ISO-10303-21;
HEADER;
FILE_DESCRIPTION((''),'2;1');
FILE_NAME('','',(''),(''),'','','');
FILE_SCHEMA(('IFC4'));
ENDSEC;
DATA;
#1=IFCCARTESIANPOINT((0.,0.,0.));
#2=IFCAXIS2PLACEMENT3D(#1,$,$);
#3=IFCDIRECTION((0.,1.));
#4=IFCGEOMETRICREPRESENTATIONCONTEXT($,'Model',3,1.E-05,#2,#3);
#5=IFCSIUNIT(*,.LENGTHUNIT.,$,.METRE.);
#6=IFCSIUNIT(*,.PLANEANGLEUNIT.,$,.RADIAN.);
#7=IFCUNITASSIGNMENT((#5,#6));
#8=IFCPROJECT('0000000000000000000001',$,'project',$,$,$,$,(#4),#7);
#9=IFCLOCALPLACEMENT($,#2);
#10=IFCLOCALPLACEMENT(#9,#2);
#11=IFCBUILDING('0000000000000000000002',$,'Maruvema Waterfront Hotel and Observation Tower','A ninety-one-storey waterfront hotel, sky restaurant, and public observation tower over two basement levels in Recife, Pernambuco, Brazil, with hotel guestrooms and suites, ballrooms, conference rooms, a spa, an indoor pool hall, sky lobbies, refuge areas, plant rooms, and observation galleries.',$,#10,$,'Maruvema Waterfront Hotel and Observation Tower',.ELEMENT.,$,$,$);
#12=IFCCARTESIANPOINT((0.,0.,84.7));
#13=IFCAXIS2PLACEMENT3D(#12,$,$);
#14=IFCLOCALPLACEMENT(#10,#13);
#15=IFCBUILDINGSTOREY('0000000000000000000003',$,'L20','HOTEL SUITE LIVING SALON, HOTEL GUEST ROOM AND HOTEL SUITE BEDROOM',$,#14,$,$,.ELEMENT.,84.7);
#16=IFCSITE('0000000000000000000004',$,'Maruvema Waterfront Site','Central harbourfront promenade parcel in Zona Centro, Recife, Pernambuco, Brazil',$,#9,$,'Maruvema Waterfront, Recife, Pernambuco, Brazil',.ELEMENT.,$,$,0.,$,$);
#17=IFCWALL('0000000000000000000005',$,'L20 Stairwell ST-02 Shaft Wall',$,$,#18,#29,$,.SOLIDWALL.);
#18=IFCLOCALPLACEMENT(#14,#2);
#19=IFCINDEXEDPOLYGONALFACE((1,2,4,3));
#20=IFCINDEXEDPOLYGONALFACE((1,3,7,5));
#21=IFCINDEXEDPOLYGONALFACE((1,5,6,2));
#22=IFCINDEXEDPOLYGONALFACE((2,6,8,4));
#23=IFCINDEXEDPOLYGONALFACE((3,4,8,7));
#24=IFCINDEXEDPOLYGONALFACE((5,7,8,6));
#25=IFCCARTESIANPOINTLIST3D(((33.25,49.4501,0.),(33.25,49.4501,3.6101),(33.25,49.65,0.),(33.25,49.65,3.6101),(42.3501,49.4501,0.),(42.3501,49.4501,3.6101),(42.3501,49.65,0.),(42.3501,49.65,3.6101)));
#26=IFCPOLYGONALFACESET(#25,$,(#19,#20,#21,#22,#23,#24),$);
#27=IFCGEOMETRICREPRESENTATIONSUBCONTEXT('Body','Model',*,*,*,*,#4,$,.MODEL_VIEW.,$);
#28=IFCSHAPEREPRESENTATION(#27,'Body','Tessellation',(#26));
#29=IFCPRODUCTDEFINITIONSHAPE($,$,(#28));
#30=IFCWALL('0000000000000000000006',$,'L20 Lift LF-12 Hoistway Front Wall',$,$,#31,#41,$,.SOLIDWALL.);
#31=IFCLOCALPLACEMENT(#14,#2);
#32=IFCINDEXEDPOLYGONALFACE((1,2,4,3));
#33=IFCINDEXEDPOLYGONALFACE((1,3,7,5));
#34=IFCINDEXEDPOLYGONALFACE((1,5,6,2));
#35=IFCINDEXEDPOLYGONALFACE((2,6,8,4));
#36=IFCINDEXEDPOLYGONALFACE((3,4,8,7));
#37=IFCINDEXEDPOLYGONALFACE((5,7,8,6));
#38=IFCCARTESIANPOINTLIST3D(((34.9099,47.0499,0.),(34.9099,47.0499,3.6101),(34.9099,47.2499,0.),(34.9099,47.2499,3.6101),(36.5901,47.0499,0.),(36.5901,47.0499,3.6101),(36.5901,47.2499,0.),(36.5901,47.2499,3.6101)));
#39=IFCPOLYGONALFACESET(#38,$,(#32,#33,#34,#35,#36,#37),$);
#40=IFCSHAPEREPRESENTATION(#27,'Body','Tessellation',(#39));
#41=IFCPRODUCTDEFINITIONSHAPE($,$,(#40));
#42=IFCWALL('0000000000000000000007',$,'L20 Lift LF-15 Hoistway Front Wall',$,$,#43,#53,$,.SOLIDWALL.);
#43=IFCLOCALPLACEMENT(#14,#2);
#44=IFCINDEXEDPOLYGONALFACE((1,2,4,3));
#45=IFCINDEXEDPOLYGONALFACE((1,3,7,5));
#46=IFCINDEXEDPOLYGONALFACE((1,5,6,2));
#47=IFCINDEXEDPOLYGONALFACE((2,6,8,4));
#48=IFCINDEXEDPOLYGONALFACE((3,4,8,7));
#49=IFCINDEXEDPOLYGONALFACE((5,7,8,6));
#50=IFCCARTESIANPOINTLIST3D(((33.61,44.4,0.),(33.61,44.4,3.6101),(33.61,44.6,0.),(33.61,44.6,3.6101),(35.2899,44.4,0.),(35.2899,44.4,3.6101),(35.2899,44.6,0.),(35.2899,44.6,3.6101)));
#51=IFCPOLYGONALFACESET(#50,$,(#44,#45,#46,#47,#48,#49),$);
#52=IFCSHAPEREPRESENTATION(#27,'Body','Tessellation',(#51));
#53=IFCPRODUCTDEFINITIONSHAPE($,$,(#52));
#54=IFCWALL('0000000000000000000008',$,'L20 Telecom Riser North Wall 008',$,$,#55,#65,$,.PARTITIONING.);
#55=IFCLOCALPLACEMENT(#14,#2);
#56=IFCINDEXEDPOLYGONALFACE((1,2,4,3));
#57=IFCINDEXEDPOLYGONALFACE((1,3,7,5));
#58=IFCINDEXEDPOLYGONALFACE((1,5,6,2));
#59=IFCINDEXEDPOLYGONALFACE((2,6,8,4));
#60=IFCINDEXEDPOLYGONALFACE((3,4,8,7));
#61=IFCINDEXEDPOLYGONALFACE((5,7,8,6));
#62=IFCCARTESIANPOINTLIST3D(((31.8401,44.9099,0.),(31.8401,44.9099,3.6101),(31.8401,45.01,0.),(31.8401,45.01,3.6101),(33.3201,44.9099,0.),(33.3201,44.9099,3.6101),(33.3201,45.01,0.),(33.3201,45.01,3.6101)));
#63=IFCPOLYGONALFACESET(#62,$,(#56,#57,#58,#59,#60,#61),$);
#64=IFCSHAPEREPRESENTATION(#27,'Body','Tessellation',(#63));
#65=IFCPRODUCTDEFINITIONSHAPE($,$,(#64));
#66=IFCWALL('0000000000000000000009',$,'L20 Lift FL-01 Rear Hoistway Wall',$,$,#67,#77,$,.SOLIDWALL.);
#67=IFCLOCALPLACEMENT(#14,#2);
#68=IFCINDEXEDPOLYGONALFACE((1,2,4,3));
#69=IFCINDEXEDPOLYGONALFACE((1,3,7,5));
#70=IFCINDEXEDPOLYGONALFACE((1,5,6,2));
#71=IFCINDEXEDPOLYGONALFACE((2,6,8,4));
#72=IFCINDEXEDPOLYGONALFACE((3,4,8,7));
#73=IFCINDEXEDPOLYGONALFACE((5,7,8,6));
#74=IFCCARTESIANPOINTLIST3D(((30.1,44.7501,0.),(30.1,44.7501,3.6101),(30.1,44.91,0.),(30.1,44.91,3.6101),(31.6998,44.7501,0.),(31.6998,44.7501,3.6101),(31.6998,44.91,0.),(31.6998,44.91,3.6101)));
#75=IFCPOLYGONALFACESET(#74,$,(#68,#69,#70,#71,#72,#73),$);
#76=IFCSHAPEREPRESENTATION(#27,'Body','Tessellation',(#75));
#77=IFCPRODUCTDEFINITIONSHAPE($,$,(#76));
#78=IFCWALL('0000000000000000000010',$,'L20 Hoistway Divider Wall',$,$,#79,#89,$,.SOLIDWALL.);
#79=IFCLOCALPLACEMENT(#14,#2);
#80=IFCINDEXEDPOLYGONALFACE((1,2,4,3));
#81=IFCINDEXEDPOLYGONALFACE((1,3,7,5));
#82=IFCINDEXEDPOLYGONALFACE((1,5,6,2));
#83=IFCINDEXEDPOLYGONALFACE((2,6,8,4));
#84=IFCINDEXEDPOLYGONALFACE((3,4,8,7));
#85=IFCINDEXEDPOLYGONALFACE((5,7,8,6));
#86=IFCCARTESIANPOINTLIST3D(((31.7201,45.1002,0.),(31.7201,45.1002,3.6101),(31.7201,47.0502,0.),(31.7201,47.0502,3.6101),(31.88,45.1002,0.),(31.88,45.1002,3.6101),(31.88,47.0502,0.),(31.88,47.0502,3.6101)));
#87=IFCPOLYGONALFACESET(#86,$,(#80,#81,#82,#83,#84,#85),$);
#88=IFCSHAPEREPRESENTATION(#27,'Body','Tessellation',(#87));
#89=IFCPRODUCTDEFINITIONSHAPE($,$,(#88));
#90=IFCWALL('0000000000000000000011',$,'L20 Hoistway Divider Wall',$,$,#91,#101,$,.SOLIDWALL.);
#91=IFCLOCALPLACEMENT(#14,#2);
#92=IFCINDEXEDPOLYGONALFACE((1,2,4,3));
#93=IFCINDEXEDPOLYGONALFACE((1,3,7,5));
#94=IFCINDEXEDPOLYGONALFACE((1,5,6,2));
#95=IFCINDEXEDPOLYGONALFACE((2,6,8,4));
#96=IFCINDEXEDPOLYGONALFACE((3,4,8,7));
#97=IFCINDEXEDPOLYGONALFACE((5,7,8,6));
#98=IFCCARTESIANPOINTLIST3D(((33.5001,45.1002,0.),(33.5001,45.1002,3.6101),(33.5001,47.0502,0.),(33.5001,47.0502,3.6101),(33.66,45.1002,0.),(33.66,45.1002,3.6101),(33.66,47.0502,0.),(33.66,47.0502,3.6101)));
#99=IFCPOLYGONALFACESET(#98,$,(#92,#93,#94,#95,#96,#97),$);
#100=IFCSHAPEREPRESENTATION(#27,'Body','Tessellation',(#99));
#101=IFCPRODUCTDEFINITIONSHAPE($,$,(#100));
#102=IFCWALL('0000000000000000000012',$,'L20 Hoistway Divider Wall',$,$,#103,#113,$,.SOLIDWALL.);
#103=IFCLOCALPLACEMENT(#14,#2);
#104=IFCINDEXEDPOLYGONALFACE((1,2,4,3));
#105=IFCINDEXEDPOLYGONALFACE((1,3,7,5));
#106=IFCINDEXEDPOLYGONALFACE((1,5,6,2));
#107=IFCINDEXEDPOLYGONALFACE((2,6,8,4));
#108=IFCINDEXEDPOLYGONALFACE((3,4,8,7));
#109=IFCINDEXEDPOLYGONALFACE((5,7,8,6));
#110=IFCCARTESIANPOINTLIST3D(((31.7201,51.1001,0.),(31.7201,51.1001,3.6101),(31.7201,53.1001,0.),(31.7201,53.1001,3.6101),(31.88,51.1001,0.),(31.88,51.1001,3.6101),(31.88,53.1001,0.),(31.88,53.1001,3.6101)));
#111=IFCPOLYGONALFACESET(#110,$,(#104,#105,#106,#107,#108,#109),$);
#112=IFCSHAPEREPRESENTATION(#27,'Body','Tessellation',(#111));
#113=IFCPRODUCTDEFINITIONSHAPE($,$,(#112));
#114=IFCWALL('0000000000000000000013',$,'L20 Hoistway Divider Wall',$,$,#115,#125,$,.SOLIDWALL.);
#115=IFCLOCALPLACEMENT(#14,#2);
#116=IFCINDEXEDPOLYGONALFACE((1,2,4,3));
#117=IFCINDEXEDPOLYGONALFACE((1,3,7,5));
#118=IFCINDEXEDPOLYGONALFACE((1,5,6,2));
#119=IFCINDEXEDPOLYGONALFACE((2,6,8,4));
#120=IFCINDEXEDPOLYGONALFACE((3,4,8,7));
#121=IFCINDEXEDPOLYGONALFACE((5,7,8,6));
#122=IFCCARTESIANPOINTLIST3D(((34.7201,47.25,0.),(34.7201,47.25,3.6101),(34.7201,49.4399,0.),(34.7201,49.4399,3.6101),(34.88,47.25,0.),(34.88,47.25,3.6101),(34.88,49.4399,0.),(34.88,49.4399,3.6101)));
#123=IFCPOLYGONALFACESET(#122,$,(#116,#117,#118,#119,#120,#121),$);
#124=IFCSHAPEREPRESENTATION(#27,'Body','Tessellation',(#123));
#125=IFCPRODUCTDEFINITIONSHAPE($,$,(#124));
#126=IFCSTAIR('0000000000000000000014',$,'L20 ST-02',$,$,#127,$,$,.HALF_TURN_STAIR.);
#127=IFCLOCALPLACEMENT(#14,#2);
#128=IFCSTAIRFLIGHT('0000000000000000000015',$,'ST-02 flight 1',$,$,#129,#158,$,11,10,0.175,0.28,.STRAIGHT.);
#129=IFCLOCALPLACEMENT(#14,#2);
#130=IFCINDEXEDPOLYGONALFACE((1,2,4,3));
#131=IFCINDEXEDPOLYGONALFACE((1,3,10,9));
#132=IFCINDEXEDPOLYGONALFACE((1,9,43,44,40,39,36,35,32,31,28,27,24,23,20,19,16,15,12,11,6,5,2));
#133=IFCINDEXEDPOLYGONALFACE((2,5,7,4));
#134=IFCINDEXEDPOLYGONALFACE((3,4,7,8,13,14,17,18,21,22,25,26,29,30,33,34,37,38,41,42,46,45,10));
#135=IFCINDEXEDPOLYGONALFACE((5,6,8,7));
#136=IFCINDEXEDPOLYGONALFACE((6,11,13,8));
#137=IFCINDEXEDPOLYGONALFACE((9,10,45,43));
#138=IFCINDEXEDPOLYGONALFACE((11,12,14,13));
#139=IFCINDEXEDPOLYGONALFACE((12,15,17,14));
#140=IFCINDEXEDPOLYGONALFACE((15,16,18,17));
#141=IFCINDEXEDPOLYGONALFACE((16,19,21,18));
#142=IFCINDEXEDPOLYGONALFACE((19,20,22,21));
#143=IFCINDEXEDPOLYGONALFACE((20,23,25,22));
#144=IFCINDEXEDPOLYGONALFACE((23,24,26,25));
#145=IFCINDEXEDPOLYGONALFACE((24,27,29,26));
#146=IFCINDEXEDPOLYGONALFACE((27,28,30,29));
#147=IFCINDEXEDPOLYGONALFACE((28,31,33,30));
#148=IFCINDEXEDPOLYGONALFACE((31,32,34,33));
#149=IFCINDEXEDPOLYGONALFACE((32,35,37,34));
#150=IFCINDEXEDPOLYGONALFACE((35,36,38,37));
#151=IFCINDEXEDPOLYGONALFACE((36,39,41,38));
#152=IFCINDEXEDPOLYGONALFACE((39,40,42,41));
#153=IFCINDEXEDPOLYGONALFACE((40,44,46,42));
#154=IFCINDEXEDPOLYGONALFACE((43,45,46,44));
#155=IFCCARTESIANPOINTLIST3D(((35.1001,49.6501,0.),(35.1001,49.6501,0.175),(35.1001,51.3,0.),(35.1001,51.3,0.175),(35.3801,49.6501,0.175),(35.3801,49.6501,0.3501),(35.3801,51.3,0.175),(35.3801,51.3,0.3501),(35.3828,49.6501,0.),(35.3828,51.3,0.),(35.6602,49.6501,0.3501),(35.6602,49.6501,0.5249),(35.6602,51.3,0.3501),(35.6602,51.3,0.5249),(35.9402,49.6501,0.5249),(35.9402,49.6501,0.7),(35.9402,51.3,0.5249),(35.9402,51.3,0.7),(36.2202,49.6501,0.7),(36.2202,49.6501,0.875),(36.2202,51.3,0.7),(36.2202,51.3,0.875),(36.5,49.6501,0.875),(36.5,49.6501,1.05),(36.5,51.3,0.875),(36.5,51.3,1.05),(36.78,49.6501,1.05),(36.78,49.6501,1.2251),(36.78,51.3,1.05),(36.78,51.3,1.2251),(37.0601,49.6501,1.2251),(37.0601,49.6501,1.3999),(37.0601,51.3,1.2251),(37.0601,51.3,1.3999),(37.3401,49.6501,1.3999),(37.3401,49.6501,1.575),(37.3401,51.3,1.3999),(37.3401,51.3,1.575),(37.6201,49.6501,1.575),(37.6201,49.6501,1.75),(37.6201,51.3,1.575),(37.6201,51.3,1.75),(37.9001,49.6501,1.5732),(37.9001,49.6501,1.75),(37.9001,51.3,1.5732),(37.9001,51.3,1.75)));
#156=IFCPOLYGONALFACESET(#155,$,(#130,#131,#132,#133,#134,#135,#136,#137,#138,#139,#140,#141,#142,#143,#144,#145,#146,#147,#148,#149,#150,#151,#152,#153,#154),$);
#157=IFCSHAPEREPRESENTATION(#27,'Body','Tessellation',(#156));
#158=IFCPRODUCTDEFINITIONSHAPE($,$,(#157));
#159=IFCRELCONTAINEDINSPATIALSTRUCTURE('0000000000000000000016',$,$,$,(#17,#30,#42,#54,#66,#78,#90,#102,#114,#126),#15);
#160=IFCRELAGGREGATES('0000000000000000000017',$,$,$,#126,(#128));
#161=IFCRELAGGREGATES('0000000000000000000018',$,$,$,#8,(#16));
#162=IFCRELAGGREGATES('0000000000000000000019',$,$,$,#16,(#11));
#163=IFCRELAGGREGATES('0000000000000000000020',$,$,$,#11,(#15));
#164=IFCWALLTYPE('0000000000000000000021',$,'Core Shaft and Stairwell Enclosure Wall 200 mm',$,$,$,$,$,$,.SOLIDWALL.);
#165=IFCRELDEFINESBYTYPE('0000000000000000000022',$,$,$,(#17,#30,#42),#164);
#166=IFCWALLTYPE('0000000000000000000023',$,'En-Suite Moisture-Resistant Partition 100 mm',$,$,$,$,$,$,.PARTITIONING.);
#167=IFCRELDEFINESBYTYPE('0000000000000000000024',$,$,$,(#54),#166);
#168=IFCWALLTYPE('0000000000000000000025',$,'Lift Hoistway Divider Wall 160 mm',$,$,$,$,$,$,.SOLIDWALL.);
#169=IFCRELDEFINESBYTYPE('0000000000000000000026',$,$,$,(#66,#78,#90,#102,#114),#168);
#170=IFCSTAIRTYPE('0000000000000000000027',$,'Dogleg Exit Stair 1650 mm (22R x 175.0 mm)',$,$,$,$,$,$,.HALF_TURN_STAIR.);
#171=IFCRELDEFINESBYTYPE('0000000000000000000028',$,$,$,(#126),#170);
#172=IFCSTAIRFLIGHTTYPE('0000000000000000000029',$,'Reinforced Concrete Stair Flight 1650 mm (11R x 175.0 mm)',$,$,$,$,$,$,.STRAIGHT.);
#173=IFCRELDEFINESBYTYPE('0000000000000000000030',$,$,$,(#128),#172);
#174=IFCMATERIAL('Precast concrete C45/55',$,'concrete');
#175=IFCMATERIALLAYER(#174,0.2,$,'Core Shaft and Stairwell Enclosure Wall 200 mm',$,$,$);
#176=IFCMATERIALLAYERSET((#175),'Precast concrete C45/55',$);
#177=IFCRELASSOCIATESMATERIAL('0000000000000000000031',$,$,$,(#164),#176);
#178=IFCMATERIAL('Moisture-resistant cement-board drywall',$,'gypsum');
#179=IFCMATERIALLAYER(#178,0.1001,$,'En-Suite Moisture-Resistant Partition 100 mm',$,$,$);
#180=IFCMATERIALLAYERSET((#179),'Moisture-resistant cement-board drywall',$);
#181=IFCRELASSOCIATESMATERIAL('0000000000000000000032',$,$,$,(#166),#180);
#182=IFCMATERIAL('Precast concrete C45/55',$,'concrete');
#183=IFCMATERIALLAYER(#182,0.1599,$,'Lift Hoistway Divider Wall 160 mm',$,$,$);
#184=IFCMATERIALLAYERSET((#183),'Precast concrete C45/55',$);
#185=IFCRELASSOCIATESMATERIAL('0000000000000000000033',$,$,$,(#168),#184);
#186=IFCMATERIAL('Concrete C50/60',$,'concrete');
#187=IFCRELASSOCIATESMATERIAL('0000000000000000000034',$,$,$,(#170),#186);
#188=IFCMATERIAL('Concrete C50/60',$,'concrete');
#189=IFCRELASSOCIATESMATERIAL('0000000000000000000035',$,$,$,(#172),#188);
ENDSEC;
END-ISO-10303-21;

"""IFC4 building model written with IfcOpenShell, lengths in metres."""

from ifc_helpers import new_model, si_unit, direction, frame, frame_2d, origin, place, context, subcontext, project, spatial, polyline, rectangle, outline, extrude, material, layer, layer_set, type_object, element, aggregate, save


model = new_model("IFC4")

# Units and contexts
model_context = context("Model", 3, precision=1e-05, world=origin(), true_north=direction((0.0, 1.0)))
body_context = subcontext(model_context, "Body", "Model", "MODEL_VIEW")
ifc_project = project(units=[si_unit("LENGTHUNIT", "METRE"), si_unit("PLANEANGLEUNIT", "RADIAN")], contexts=[model_context])

# Site, building, storey
site_placement = place(None, origin())
site = spatial("IfcSite", under=ifc_project, at=site_placement, Name="Maruvema Waterfront Site", Description="Central harbourfront promenade parcel in Zona Centro, Recife, Pernambuco, Brazil", LongName="Maruvema Waterfront, Recife, Pernambuco, Brazil", CompositionType="ELEMENT", RefElevation=0.0)
building_placement = place(site_placement, origin())
building = spatial("IfcBuilding", under=site, at=building_placement, Name="Maruvema Waterfront Hotel and Observation Tower", Description="A ninety-one-storey waterfront hotel, sky restaurant, and public observation tower over two basement levels in Recife, Pernambuco, Brazil, with hotel guestrooms and suites, ballrooms, conference rooms, a spa, an indoor pool hall, sky lobbies, refuge areas, plant rooms, and observation galleries.", LongName="Maruvema Waterfront Hotel and Observation Tower", CompositionType="ELEMENT")
storey_placement = place(building_placement, frame((0.0, 0.0, 84.7)))
storey = spatial("IfcBuildingStorey", under=building, at=storey_placement, Name="L20", Description="HOTEL SUITE LIVING SALON, HOTEL GUEST ROOM AND HOTEL SUITE BEDROOM", CompositionType="ELEMENT", Elevation=84.7)

# Wall
ifc_material_1 = material(Name="Precast concrete C45/55", Category="concrete")
ifc_layer_1 = layer(ifc_material_1, 0.2, Name="Core Shaft and Stairwell Enclosure Wall 200 mm")
ifc_layer_set_1 = layer_set([ifc_layer_1], Name="Precast concrete C45/55")
wall_type_1 = type_object("IfcWallType", Name="Core Shaft and Stairwell Enclosure Wall 200 mm", PredefinedType="SOLIDWALL", material=ifc_layer_set_1)
wall_1_placement = place(storey_placement, frame((33.25, 49.55, 0.0), z_axis=(0.0, 0.0, 1.0), x_axis=(1.0, 0.0, 0.0)))
element("IfcWall", 1, at=wall_1_placement, inside=storey, type_object=wall_type_1, Name="L20 Stairwell ST-02 Shaft Wall", PredefinedType="SOLIDWALL", context=body_context, shape_type="SweptSolid", body=[
    extrude(rectangle(XDim=9.1001, YDim=0.2, at=frame_2d((4.55, 0.0))), origin(), (0.0, 0.0, 1.0), 3.6101),
])

# Walls
wall_2_placement = place(storey_placement, frame((34.9099, 47.1499, 0.0), z_axis=(0.0, 0.0, 1.0), x_axis=(1.0, 0.0, 0.0)))
element("IfcWall", 2, at=wall_2_placement, inside=storey, type_object=wall_type_1, Name="L20 Lift LF-12 Hoistway Front Wall", PredefinedType="SOLIDWALL", context=body_context, shape_type="SweptSolid", body=[
    extrude(rectangle(XDim=1.6802, YDim=0.2, at=frame_2d((0.8401, 0.0))), origin(), (0.0, 0.0, 1.0), 3.6101),
])
wall_3_placement = place(storey_placement, frame((33.6101, 44.5, 0.0), z_axis=(0.0, 0.0, 1.0), x_axis=(1.0, 0.0, 0.0)))
element("IfcWall", 3, at=wall_3_placement, inside=storey, type_object=wall_type_1, Name="L20 Lift LF-15 Hoistway Front Wall", PredefinedType="SOLIDWALL", context=body_context, shape_type="SweptSolid", body=[
    extrude(rectangle(XDim=1.6799, YDim=0.2, at=frame_2d((0.8398, 0.0))), origin(), (0.0, 0.0, 1.0), 3.6101),
])
ifc_material_2 = material(Name="Moisture-resistant cement-board drywall", Category="gypsum")
ifc_layer_2 = layer(ifc_material_2, 0.1001, Name="En-Suite Moisture-Resistant Partition 100 mm")
ifc_layer_set_2 = layer_set([ifc_layer_2], Name="Moisture-resistant cement-board drywall")
wall_type_2 = type_object("IfcWallType", Name="En-Suite Moisture-Resistant Partition 100 mm", PredefinedType="PARTITIONING", material=ifc_layer_set_2)
wall_4_placement = place(storey_placement, frame((31.8401, 44.96, 0.0), z_axis=(0.0, 0.0, 1.0), x_axis=(1.0, 0.0, 0.0)))
element("IfcWall", 4, at=wall_4_placement, inside=storey, type_object=wall_type_2, Name="L20 Telecom Riser North Wall 008", PredefinedType="PARTITIONING", context=body_context, shape_type="SweptSolid", body=[
    extrude(rectangle(XDim=1.48, YDim=0.1001, at=frame_2d((0.74, 0.0))), origin(), (0.0, 0.0, 1.0), 3.6101),
])
ifc_material_3 = material(Name="Precast concrete C45/55", Category="concrete")
ifc_layer_3 = layer(ifc_material_3, 0.1599, Name="Lift Hoistway Divider Wall 160 mm")
ifc_layer_set_3 = layer_set([ifc_layer_3], Name="Precast concrete C45/55")
wall_type_3 = type_object("IfcWallType", Name="Lift Hoistway Divider Wall 160 mm", PredefinedType="SOLIDWALL", material=ifc_layer_set_3)
wall_5_placement = place(storey_placement, frame((30.1001, 44.8301, 0.0), z_axis=(0.0, 0.0, 1.0), x_axis=(1.0, 0.0, 0.0)))
element("IfcWall", 5, at=wall_5_placement, inside=storey, type_object=wall_type_3, Name="L20 Lift FL-01 Rear Hoistway Wall", PredefinedType="SOLIDWALL", context=body_context, shape_type="SweptSolid", body=[
    extrude(rectangle(XDim=1.5999, YDim=0.1599, at=frame_2d((0.7998, 0.0))), origin(), (0.0, 0.0, 1.0), 3.6101),
])
for number, where, z_axis, x_axis, name in (
    (6, (31.8, 45.1001, 0.0), (0.0, 0.0, 1.0), (0.0, 1.0, 0.0), "L20 Hoistway Divider Wall"),
    (7, (33.5801, 45.1001, 0.0), (0.0, 0.0, 1.0), (0.0, 1.0, 0.0), "L20 Hoistway Divider Wall"),
):
    element("IfcWall", number, at=place(storey_placement, frame(where, z_axis=z_axis, x_axis=x_axis)), inside=storey, type_object=wall_type_3, Name=name, PredefinedType="SOLIDWALL", context=body_context, shape_type="SweptSolid", body=[
        extrude(rectangle(XDim=1.95, YDim=0.1599, at=frame_2d((0.9751, 0.0))), origin(), (0.0, 0.0, 1.0), 3.6101),
    ])
wall_6_placement = place(storey_placement, frame((31.8, 51.1001, 0.0), z_axis=(0.0, 0.0, 1.0), x_axis=(0.0, 1.0, 0.0)))
element("IfcWall", 8, at=wall_6_placement, inside=storey, type_object=wall_type_3, Name="L20 Hoistway Divider Wall", PredefinedType="SOLIDWALL", context=body_context, shape_type="SweptSolid", body=[
    extrude(rectangle(XDim=2.0, YDim=0.1599, at=frame_2d((1.0, 0.0))), origin(), (0.0, 0.0, 1.0), 3.6101),
])
wall_7_placement = place(storey_placement, frame((34.8, 47.25, 0.0), z_axis=(0.0, 0.0, 1.0), x_axis=(0.0, 1.0, 0.0)))
element("IfcWall", 9, at=wall_7_placement, inside=storey, type_object=wall_type_3, Name="L20 Hoistway Divider Wall", PredefinedType="SOLIDWALL", context=body_context, shape_type="SweptSolid", body=[
    extrude(rectangle(XDim=2.1899, YDim=0.1599, at=frame_2d((1.095, 0.0))), origin(), (0.0, 0.0, 1.0), 3.6101),
])

# Stair, stair flight
ifc_material_4 = material(Name="Concrete C50/60", Category="concrete")
stair_type = type_object("IfcStairType", Name="Dogleg Exit Stair 1650 mm (22R x 175.0 mm)", PredefinedType="HALF_TURN_STAIR", material=ifc_material_4)
stair_placement = place(storey_placement, origin())
stair = element("IfcStair", 10, at=stair_placement, inside=storey, type_object=stair_type, Name="L20 ST-02", PredefinedType="HALF_TURN_STAIR")
ifc_material_5 = material(Name="Concrete C50/60", Category="concrete")
stair_flight_type = type_object("IfcStairFlightType", Name="Reinforced Concrete Stair Flight 1650 mm (11R x 175.0 mm)", PredefinedType="STRAIGHT", material=ifc_material_5)
stair_flight_placement = place(storey_placement, frame((35.1001, 50.4751, 0.0), z_axis=(0.0, 0.0, 1.0), x_axis=(1.0, 0.0, 0.0)))
stair_flight = element("IfcStairFlight", 11, at=stair_flight_placement, type_object=stair_flight_type, Name="ST-02 flight 1", NumberOfRisers=11, NumberOfTreads=10, PredefinedType="STRAIGHT", RiserHeight=0.175, TreadLength=0.28, context=body_context, shape_type="SweptSolid", body=[
    extrude(outline(polyline([(0.0, 0.0), (0.0, 0.175), (0.28, 0.175), (0.28, 0.3501), (0.5601, 0.3501), (0.5601, 0.5249), (0.8401, 0.5249), (0.8401, 0.7), (1.1201, 0.7), (1.1201, 0.875), (1.3999, 0.875), (1.3999, 1.05), (1.6799, 1.05), (1.6799, 1.2251), (1.96, 1.2251), (1.96, 1.3999), (2.24, 1.3999), (2.24, 1.575), (2.52, 1.575), (2.52, 1.75), (2.8, 1.75), (2.8, 1.925), (2.8, 1.5732), (0.2827, 0.0), (0.0, 0.0)])), frame((0.0, 0.825, 0.0), z_axis=(0.0, -1.0, 0.0), x_axis=(1.0, 0.0, 0.0)), (0.0, 0.0, 1.0), 1.6499),
])
aggregate(stair, [stair_flight])

save(model, "model.ifc")
